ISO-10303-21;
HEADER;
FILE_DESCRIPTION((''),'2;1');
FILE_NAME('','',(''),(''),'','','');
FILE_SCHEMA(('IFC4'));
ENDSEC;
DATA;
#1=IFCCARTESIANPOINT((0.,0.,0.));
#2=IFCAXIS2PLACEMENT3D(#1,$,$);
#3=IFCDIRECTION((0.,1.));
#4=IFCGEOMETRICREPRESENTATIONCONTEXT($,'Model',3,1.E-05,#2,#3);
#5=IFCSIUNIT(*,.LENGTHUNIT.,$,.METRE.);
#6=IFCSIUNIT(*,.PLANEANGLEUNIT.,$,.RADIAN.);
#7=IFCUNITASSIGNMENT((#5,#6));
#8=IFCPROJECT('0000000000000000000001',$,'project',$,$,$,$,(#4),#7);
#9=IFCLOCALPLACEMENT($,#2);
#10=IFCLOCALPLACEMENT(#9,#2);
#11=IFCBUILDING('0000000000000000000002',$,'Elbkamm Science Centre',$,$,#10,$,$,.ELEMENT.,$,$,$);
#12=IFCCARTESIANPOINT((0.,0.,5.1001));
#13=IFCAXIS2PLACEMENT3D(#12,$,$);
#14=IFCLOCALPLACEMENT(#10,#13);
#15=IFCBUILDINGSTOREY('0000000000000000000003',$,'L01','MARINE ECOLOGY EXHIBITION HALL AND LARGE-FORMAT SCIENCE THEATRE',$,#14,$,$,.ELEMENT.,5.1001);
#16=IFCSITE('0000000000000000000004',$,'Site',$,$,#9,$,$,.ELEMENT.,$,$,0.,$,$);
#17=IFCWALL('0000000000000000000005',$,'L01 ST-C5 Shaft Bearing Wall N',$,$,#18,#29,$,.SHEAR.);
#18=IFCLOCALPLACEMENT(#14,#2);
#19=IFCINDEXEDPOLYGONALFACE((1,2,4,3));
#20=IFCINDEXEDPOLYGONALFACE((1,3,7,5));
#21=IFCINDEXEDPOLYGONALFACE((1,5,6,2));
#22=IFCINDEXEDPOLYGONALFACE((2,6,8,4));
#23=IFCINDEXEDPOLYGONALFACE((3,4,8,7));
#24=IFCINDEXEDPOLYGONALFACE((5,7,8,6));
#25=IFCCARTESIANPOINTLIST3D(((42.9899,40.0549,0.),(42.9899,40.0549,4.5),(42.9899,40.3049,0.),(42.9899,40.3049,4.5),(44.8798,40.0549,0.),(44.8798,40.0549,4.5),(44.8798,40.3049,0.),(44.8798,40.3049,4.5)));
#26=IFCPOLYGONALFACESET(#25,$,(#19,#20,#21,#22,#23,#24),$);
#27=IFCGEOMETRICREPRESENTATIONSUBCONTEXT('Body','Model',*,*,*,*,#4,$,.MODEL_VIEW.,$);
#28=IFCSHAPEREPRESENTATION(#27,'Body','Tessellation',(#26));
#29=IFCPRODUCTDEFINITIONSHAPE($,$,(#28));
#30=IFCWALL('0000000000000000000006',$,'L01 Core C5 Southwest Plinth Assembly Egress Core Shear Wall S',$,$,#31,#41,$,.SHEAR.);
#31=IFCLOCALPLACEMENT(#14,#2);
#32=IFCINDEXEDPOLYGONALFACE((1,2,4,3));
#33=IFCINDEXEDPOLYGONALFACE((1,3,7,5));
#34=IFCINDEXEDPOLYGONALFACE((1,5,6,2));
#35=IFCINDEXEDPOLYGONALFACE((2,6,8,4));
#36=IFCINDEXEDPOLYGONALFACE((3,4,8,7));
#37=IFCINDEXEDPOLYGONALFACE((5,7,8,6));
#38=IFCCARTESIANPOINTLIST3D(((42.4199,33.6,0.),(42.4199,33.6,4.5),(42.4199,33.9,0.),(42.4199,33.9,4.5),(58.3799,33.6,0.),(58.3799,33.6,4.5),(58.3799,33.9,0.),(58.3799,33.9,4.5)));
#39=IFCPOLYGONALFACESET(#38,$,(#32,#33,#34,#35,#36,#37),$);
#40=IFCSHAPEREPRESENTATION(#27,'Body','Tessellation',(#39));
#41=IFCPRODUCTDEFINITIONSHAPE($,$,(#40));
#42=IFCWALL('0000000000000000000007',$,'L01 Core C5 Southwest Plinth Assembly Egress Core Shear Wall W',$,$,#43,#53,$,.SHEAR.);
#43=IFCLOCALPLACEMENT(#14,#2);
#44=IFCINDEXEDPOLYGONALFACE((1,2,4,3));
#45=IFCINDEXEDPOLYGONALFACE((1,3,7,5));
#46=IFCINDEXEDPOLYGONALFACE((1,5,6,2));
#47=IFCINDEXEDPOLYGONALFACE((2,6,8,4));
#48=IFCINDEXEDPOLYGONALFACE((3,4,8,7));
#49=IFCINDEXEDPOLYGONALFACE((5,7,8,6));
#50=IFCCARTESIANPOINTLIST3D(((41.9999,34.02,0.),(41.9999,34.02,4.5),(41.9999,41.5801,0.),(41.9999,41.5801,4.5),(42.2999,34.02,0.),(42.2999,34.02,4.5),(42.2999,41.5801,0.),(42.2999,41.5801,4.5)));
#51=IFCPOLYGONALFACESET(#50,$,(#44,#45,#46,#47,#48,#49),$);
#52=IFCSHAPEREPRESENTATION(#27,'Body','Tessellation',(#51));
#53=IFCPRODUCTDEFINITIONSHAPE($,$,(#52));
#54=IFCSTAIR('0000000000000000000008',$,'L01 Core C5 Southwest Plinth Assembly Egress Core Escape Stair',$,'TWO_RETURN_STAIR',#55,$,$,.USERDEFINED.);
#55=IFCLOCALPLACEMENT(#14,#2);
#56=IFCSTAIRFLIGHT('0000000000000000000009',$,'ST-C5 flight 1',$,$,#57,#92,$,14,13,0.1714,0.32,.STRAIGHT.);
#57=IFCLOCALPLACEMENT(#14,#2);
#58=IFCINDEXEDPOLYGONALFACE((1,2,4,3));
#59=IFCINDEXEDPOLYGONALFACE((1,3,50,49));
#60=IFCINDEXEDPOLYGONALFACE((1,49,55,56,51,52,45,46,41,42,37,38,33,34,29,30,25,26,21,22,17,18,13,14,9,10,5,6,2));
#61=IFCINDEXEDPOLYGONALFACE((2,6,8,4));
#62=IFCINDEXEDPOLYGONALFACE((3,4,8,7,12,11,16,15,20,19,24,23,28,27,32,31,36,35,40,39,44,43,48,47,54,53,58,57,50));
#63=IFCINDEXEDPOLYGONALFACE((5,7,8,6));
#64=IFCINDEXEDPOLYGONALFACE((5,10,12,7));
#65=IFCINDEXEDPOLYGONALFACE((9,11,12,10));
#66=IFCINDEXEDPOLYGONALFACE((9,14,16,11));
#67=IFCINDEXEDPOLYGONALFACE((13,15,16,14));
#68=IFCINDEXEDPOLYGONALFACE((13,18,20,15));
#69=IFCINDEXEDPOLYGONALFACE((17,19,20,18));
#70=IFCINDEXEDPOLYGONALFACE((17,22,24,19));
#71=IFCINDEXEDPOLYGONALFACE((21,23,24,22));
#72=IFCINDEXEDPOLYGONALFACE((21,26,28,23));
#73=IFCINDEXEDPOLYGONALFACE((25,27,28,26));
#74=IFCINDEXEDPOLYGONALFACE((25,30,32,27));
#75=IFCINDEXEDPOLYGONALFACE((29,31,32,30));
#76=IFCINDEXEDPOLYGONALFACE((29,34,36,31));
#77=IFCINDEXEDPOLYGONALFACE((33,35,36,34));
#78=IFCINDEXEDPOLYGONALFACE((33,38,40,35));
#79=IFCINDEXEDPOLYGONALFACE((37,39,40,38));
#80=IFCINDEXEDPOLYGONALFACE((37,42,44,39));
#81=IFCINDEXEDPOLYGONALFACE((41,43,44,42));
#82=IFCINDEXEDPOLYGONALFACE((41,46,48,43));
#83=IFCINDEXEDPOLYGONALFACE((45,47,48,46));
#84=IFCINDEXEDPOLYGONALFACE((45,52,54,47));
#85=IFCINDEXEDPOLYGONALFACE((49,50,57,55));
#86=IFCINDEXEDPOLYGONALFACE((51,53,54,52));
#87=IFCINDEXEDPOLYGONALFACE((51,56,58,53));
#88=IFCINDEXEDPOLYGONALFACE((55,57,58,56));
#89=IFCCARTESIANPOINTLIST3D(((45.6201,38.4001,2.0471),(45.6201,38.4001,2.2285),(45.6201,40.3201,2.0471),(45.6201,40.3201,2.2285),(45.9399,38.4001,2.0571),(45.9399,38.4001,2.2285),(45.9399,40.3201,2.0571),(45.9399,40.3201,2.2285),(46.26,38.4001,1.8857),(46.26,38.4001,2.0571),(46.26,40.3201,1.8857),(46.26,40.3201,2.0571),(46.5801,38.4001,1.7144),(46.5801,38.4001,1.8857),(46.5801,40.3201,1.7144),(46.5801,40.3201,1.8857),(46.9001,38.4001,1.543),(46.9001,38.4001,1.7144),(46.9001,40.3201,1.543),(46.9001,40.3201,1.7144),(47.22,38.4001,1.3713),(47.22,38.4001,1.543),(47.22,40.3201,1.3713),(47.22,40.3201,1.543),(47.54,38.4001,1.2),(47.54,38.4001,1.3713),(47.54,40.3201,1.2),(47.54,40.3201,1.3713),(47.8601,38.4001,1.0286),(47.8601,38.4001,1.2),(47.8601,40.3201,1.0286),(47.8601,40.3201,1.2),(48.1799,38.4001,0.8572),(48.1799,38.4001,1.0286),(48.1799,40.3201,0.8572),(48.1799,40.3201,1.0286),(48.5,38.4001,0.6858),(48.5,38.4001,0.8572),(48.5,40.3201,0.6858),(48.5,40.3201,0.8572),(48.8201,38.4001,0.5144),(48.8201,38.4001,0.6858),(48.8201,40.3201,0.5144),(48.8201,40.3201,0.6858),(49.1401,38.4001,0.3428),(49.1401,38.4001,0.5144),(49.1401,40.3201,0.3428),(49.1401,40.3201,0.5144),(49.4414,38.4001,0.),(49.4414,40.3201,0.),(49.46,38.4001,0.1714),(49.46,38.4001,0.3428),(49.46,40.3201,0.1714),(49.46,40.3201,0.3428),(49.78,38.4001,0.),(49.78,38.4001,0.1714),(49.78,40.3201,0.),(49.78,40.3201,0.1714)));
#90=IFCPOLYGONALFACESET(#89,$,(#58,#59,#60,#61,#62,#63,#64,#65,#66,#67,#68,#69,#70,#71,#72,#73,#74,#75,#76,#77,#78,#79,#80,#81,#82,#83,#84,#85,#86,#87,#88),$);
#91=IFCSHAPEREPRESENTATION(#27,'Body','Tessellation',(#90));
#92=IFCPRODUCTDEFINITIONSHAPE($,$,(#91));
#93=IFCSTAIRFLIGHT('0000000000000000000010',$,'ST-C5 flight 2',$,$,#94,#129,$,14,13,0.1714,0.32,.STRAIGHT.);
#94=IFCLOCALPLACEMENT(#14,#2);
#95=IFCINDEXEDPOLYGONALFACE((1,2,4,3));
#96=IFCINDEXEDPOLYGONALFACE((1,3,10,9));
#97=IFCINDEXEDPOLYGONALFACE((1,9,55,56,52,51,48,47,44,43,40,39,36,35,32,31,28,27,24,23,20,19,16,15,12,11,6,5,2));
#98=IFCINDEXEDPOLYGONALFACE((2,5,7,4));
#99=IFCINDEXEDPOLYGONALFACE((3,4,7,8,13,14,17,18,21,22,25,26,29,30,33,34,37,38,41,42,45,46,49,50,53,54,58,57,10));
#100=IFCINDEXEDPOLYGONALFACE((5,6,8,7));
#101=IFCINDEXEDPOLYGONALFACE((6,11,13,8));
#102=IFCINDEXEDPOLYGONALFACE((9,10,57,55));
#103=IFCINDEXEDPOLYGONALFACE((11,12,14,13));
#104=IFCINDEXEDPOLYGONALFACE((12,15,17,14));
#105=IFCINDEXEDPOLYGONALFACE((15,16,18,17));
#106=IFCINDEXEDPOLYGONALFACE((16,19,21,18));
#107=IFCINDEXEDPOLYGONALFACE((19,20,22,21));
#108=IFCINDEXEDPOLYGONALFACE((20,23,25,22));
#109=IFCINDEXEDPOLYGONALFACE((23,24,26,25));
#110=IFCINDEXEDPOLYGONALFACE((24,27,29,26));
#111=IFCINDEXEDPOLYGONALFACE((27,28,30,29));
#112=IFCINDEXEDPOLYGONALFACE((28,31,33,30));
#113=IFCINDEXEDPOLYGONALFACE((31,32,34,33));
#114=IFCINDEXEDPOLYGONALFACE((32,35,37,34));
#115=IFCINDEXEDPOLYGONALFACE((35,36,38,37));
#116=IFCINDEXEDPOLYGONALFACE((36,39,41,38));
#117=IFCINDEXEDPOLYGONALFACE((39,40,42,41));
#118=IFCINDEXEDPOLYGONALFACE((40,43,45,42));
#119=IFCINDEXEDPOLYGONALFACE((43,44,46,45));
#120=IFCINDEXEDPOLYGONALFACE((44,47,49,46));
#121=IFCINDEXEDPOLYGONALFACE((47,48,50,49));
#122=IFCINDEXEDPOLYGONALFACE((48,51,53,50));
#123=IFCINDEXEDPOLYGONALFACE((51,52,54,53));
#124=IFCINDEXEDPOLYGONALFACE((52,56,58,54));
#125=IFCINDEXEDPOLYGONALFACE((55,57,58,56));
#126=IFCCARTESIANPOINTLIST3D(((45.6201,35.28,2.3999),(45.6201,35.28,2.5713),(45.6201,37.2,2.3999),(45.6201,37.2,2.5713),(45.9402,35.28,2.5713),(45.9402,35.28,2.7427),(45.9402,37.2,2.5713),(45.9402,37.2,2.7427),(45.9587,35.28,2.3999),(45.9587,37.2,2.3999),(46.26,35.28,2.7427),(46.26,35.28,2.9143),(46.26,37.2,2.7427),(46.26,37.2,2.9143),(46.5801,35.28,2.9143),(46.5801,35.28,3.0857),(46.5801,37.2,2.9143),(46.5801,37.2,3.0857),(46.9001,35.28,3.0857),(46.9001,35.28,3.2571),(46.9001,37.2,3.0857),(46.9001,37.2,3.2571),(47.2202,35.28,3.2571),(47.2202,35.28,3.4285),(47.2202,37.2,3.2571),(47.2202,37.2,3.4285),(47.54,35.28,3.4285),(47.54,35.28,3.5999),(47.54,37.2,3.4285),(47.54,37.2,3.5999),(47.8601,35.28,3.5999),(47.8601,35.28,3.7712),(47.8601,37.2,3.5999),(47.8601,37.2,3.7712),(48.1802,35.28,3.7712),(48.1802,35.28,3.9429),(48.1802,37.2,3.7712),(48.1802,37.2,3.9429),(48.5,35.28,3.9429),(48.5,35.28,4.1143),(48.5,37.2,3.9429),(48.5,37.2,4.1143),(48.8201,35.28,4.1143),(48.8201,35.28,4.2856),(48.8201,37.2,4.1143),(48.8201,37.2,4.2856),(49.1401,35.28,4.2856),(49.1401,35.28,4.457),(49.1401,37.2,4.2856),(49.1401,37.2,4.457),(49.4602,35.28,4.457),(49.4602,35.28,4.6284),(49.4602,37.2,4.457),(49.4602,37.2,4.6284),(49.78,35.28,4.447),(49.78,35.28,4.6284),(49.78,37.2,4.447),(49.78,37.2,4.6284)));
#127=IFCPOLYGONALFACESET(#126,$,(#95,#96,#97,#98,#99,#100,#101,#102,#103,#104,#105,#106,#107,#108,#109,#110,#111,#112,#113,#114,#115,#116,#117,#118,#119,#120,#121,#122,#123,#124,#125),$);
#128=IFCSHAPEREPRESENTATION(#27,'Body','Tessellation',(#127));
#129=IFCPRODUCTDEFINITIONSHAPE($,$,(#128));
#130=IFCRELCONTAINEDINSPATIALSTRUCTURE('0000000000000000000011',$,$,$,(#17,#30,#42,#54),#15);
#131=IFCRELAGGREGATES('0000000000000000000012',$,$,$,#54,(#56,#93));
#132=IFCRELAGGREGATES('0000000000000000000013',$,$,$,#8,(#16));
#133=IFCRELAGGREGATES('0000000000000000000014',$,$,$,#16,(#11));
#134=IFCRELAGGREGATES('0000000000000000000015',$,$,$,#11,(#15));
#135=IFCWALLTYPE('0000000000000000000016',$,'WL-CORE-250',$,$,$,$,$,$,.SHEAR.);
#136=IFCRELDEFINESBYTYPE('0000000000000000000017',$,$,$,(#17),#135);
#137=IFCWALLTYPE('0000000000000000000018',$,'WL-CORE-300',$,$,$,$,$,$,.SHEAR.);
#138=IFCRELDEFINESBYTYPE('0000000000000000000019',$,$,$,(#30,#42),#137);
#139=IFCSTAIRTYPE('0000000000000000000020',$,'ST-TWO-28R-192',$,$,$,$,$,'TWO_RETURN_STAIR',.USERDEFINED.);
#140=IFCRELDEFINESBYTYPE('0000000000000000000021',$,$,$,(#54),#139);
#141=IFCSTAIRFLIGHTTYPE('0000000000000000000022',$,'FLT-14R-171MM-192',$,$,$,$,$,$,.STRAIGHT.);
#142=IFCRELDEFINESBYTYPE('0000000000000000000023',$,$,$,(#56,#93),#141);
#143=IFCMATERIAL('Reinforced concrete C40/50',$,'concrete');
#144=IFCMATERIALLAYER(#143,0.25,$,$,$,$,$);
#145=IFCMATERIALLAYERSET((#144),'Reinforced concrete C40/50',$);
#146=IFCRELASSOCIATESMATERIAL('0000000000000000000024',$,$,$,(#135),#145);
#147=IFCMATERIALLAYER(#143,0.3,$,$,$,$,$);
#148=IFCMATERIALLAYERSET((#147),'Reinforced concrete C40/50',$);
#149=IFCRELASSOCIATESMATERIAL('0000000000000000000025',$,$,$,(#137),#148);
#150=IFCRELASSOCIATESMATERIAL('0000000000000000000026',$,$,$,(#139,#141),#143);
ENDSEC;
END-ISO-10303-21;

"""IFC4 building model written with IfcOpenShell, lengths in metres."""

from ifc_helpers import new_model, si_unit, direction, frame, frame_2d, origin, place, context, subcontext, project, spatial, polyline, rectangle, outline, extrude, material, layer, layer_set, type_object, element, aggregate, save


model = new_model("IFC4")

# Units and contexts
model_context = context("Model", 3, precision=1e-05, world=origin(), true_north=direction((0.0, 1.0)))
body_context = subcontext(model_context, "Body", "Model", "MODEL_VIEW")
ifc_project = project(units=[si_unit("LENGTHUNIT", "METRE"), si_unit("PLANEANGLEUNIT", "RADIAN")], contexts=[model_context])

# Site, building, storey
site_placement = place(None, origin())
site = spatial("IfcSite", under=ifc_project, at=site_placement, Name="Site", CompositionType="ELEMENT", RefElevation=0.0)
building_placement = place(site_placement, origin())
building = spatial("IfcBuilding", under=site, at=building_placement, Name="Elbkamm Science Centre", CompositionType="ELEMENT")
storey_placement = place(building_placement, frame((0.0, 0.0, 5.1001)))
storey = spatial("IfcBuildingStorey", under=building, at=storey_placement, Name="L01", Description="MARINE ECOLOGY EXHIBITION HALL AND LARGE-FORMAT SCIENCE THEATRE", CompositionType="ELEMENT", Elevation=5.1001)

# Walls
ifc_material_1 = material(Name="Reinforced concrete C40/50", Category="concrete")
ifc_layer_1 = layer(ifc_material_1, 0.25)
ifc_layer_set_1 = layer_set([ifc_layer_1], Name="Reinforced concrete C40/50")
wall_type_1 = type_object("IfcWallType", Name="WL-CORE-250", PredefinedType="SHEAR", material=ifc_layer_set_1)
for number, where, z_axis, x_axis, name in (
    (1, (42.99, 40.1799, 0.0), (0.0, 0.0, 1.0), (1.0, 0.0, 0.0), "L01 ST-C5 Shaft Bearing Wall N"),
):
    element("IfcWall", number, at=place(storey_placement, frame(where, z_axis=z_axis, x_axis=x_axis)), inside=storey, type_object=wall_type_1, Name=name, PredefinedType="SHEAR", context=body_context, shape_type="SweptSolid", body=[
        extrude(rectangle(XDim=1.8899, YDim=0.25, at=frame_2d((0.9448, 0.0))), origin(), (0.0, 0.0, 1.0), 4.5),
    ])
ifc_layer_2 = layer(ifc_material_1, 0.3)
ifc_layer_set_2 = layer_set([ifc_layer_2], Name="Reinforced concrete C40/50")
wall_type_2 = type_object("IfcWallType", Name="WL-CORE-300", PredefinedType="SHEAR", material=ifc_layer_set_2)
wall_1_placement = place(storey_placement, frame((42.4199, 33.75, 0.0), z_axis=(0.0, 0.0, 1.0), x_axis=(1.0, 0.0, 0.0)))
element("IfcWall", 2, at=wall_1_placement, inside=storey, type_object=wall_type_2, Name="L01 Core C5 Southwest Plinth Assembly Egress Core Shear Wall S", PredefinedType="SHEAR", context=body_context, shape_type="SweptSolid", body=[
    extrude(rectangle(XDim=15.96, YDim=0.3, at=frame_2d((7.98, 0.0))), origin(), (0.0, 0.0, 1.0), 4.5),
])
wall_2_placement = place(storey_placement, frame((42.1499, 34.02, 0.0), z_axis=(0.0, 0.0, 1.0), x_axis=(0.0, 1.0, 0.0)))
element("IfcWall", 3, at=wall_2_placement, inside=storey, type_object=wall_type_2, Name="L01 Core C5 Southwest Plinth Assembly Egress Core Shear Wall W", PredefinedType="SHEAR", context=body_context, shape_type="SweptSolid", body=[
    extrude(rectangle(XDim=7.5601, YDim=0.3, at=frame_2d((3.78, 0.0))), origin(), (0.0, 0.0, 1.0), 4.5),
])

# Stair, stair flights
stair_type = type_object("IfcStairType", Name="ST-TWO-28R-192", ElementType="TWO_RETURN_STAIR", PredefinedType="USERDEFINED", material=ifc_material_1)
stair_placement = place(storey_placement, origin())
stair = element("IfcStair", 4, at=stair_placement, inside=storey, type_object=stair_type, Name="L01 Core C5 Southwest Plinth Assembly Egress Core Escape Stair", ObjectType="TWO_RETURN_STAIR", PredefinedType="USERDEFINED")
stair_flight_type = type_object("IfcStairFlightType", Name="FLT-14R-171MM-192", PredefinedType="STRAIGHT", material=ifc_material_1)
stair_flight_1_placement = place(storey_placement, frame((49.78, 39.3601, 0.0), z_axis=(0.0, 0.0, 1.0), x_axis=(-1.0, 0.0, 0.0)))
stair_flight_1 = element("IfcStairFlight", 5, at=stair_flight_1_placement, type_object=stair_flight_type, Name="ST-C5 flight 1", NumberOfRisers=14, NumberOfTreads=13, PredefinedType="STRAIGHT", RiserHeight=0.1714, TreadLength=0.32, context=body_context, shape_type="SweptSolid", body=[
    extrude(outline(polyline([(0.0, 0.0), (0.0, 0.1714), (0.3201, 0.1714), (0.3201, 0.3428), (0.6399, 0.3428), (0.6399, 0.5144), (0.96, 0.5144), (0.96, 0.6858), (1.28, 0.6858), (1.28, 0.8572), (1.6001, 0.8572), (1.6001, 1.0286), (1.9199, 1.0286), (1.9199, 1.2), (2.24, 1.2), (2.24, 1.3713), (2.5601, 1.3713), (2.5601, 1.543), (2.8799, 1.543), (2.8799, 1.7144), (3.2, 1.7144), (3.2, 1.8857), (3.52, 1.8857), (3.52, 2.0571), (3.8401, 2.0571), (3.8401, 2.2285), (4.1599, 2.2285), (4.1599, 2.3999), (4.1599, 2.0471), (0.3386, 0.0), (0.0, 0.0)])), frame((0.0, 0.96, 0.0), z_axis=(0.0, -1.0, 0.0), x_axis=(1.0, 0.0, 0.0)), (0.0, 0.0, 1.0), 1.9199),
])
stair_flight_2_placement = place(storey_placement, frame((45.6201, 36.24, 2.3999), z_axis=(0.0, 0.0, 1.0), x_axis=(1.0, 0.0, 0.0)))
stair_flight_2 = element("IfcStairFlight", 6, at=stair_flight_2_placement, type_object=stair_flight_type, Name="ST-C5 flight 2", NumberOfRisers=14, NumberOfTreads=13, PredefinedType="STRAIGHT", RiserHeight=0.1714, TreadLength=0.32, context=body_context, shape_type="SweptSolid", body=[
    extrude(outline(polyline([(0.0, 0.0), (0.0, 0.1714), (0.3201, 0.1714), (0.3201, 0.3428), (0.6399, 0.3428), (0.6399, 0.5144), (0.96, 0.5144), (0.96, 0.6858), (1.28, 0.6858), (1.28, 0.8572), (1.6001, 0.8572), (1.6001, 1.0286), (1.9199, 1.0286), (1.9199, 1.2), (2.24, 1.2), (2.24, 1.3713), (2.5601, 1.3713), (2.5601, 1.543), (2.8799, 1.543), (2.8799, 1.7144), (3.2, 1.7144), (3.2, 1.8857), (3.52, 1.8857), (3.52, 2.0571), (3.8401, 2.0571), (3.8401, 2.2285), (4.1599, 2.2285), (4.1599, 2.3999), (4.1599, 2.0471), (0.3386, 0.0), (0.0, 0.0)])), frame((0.0, 0.96, 0.0), z_axis=(0.0, -1.0, 0.0), x_axis=(1.0, 0.0, 0.0)), (0.0, 0.0, 1.0), 1.9199),
])
aggregate(stair, [stair_flight_1, stair_flight_2])

save(model, "model.ifc")
